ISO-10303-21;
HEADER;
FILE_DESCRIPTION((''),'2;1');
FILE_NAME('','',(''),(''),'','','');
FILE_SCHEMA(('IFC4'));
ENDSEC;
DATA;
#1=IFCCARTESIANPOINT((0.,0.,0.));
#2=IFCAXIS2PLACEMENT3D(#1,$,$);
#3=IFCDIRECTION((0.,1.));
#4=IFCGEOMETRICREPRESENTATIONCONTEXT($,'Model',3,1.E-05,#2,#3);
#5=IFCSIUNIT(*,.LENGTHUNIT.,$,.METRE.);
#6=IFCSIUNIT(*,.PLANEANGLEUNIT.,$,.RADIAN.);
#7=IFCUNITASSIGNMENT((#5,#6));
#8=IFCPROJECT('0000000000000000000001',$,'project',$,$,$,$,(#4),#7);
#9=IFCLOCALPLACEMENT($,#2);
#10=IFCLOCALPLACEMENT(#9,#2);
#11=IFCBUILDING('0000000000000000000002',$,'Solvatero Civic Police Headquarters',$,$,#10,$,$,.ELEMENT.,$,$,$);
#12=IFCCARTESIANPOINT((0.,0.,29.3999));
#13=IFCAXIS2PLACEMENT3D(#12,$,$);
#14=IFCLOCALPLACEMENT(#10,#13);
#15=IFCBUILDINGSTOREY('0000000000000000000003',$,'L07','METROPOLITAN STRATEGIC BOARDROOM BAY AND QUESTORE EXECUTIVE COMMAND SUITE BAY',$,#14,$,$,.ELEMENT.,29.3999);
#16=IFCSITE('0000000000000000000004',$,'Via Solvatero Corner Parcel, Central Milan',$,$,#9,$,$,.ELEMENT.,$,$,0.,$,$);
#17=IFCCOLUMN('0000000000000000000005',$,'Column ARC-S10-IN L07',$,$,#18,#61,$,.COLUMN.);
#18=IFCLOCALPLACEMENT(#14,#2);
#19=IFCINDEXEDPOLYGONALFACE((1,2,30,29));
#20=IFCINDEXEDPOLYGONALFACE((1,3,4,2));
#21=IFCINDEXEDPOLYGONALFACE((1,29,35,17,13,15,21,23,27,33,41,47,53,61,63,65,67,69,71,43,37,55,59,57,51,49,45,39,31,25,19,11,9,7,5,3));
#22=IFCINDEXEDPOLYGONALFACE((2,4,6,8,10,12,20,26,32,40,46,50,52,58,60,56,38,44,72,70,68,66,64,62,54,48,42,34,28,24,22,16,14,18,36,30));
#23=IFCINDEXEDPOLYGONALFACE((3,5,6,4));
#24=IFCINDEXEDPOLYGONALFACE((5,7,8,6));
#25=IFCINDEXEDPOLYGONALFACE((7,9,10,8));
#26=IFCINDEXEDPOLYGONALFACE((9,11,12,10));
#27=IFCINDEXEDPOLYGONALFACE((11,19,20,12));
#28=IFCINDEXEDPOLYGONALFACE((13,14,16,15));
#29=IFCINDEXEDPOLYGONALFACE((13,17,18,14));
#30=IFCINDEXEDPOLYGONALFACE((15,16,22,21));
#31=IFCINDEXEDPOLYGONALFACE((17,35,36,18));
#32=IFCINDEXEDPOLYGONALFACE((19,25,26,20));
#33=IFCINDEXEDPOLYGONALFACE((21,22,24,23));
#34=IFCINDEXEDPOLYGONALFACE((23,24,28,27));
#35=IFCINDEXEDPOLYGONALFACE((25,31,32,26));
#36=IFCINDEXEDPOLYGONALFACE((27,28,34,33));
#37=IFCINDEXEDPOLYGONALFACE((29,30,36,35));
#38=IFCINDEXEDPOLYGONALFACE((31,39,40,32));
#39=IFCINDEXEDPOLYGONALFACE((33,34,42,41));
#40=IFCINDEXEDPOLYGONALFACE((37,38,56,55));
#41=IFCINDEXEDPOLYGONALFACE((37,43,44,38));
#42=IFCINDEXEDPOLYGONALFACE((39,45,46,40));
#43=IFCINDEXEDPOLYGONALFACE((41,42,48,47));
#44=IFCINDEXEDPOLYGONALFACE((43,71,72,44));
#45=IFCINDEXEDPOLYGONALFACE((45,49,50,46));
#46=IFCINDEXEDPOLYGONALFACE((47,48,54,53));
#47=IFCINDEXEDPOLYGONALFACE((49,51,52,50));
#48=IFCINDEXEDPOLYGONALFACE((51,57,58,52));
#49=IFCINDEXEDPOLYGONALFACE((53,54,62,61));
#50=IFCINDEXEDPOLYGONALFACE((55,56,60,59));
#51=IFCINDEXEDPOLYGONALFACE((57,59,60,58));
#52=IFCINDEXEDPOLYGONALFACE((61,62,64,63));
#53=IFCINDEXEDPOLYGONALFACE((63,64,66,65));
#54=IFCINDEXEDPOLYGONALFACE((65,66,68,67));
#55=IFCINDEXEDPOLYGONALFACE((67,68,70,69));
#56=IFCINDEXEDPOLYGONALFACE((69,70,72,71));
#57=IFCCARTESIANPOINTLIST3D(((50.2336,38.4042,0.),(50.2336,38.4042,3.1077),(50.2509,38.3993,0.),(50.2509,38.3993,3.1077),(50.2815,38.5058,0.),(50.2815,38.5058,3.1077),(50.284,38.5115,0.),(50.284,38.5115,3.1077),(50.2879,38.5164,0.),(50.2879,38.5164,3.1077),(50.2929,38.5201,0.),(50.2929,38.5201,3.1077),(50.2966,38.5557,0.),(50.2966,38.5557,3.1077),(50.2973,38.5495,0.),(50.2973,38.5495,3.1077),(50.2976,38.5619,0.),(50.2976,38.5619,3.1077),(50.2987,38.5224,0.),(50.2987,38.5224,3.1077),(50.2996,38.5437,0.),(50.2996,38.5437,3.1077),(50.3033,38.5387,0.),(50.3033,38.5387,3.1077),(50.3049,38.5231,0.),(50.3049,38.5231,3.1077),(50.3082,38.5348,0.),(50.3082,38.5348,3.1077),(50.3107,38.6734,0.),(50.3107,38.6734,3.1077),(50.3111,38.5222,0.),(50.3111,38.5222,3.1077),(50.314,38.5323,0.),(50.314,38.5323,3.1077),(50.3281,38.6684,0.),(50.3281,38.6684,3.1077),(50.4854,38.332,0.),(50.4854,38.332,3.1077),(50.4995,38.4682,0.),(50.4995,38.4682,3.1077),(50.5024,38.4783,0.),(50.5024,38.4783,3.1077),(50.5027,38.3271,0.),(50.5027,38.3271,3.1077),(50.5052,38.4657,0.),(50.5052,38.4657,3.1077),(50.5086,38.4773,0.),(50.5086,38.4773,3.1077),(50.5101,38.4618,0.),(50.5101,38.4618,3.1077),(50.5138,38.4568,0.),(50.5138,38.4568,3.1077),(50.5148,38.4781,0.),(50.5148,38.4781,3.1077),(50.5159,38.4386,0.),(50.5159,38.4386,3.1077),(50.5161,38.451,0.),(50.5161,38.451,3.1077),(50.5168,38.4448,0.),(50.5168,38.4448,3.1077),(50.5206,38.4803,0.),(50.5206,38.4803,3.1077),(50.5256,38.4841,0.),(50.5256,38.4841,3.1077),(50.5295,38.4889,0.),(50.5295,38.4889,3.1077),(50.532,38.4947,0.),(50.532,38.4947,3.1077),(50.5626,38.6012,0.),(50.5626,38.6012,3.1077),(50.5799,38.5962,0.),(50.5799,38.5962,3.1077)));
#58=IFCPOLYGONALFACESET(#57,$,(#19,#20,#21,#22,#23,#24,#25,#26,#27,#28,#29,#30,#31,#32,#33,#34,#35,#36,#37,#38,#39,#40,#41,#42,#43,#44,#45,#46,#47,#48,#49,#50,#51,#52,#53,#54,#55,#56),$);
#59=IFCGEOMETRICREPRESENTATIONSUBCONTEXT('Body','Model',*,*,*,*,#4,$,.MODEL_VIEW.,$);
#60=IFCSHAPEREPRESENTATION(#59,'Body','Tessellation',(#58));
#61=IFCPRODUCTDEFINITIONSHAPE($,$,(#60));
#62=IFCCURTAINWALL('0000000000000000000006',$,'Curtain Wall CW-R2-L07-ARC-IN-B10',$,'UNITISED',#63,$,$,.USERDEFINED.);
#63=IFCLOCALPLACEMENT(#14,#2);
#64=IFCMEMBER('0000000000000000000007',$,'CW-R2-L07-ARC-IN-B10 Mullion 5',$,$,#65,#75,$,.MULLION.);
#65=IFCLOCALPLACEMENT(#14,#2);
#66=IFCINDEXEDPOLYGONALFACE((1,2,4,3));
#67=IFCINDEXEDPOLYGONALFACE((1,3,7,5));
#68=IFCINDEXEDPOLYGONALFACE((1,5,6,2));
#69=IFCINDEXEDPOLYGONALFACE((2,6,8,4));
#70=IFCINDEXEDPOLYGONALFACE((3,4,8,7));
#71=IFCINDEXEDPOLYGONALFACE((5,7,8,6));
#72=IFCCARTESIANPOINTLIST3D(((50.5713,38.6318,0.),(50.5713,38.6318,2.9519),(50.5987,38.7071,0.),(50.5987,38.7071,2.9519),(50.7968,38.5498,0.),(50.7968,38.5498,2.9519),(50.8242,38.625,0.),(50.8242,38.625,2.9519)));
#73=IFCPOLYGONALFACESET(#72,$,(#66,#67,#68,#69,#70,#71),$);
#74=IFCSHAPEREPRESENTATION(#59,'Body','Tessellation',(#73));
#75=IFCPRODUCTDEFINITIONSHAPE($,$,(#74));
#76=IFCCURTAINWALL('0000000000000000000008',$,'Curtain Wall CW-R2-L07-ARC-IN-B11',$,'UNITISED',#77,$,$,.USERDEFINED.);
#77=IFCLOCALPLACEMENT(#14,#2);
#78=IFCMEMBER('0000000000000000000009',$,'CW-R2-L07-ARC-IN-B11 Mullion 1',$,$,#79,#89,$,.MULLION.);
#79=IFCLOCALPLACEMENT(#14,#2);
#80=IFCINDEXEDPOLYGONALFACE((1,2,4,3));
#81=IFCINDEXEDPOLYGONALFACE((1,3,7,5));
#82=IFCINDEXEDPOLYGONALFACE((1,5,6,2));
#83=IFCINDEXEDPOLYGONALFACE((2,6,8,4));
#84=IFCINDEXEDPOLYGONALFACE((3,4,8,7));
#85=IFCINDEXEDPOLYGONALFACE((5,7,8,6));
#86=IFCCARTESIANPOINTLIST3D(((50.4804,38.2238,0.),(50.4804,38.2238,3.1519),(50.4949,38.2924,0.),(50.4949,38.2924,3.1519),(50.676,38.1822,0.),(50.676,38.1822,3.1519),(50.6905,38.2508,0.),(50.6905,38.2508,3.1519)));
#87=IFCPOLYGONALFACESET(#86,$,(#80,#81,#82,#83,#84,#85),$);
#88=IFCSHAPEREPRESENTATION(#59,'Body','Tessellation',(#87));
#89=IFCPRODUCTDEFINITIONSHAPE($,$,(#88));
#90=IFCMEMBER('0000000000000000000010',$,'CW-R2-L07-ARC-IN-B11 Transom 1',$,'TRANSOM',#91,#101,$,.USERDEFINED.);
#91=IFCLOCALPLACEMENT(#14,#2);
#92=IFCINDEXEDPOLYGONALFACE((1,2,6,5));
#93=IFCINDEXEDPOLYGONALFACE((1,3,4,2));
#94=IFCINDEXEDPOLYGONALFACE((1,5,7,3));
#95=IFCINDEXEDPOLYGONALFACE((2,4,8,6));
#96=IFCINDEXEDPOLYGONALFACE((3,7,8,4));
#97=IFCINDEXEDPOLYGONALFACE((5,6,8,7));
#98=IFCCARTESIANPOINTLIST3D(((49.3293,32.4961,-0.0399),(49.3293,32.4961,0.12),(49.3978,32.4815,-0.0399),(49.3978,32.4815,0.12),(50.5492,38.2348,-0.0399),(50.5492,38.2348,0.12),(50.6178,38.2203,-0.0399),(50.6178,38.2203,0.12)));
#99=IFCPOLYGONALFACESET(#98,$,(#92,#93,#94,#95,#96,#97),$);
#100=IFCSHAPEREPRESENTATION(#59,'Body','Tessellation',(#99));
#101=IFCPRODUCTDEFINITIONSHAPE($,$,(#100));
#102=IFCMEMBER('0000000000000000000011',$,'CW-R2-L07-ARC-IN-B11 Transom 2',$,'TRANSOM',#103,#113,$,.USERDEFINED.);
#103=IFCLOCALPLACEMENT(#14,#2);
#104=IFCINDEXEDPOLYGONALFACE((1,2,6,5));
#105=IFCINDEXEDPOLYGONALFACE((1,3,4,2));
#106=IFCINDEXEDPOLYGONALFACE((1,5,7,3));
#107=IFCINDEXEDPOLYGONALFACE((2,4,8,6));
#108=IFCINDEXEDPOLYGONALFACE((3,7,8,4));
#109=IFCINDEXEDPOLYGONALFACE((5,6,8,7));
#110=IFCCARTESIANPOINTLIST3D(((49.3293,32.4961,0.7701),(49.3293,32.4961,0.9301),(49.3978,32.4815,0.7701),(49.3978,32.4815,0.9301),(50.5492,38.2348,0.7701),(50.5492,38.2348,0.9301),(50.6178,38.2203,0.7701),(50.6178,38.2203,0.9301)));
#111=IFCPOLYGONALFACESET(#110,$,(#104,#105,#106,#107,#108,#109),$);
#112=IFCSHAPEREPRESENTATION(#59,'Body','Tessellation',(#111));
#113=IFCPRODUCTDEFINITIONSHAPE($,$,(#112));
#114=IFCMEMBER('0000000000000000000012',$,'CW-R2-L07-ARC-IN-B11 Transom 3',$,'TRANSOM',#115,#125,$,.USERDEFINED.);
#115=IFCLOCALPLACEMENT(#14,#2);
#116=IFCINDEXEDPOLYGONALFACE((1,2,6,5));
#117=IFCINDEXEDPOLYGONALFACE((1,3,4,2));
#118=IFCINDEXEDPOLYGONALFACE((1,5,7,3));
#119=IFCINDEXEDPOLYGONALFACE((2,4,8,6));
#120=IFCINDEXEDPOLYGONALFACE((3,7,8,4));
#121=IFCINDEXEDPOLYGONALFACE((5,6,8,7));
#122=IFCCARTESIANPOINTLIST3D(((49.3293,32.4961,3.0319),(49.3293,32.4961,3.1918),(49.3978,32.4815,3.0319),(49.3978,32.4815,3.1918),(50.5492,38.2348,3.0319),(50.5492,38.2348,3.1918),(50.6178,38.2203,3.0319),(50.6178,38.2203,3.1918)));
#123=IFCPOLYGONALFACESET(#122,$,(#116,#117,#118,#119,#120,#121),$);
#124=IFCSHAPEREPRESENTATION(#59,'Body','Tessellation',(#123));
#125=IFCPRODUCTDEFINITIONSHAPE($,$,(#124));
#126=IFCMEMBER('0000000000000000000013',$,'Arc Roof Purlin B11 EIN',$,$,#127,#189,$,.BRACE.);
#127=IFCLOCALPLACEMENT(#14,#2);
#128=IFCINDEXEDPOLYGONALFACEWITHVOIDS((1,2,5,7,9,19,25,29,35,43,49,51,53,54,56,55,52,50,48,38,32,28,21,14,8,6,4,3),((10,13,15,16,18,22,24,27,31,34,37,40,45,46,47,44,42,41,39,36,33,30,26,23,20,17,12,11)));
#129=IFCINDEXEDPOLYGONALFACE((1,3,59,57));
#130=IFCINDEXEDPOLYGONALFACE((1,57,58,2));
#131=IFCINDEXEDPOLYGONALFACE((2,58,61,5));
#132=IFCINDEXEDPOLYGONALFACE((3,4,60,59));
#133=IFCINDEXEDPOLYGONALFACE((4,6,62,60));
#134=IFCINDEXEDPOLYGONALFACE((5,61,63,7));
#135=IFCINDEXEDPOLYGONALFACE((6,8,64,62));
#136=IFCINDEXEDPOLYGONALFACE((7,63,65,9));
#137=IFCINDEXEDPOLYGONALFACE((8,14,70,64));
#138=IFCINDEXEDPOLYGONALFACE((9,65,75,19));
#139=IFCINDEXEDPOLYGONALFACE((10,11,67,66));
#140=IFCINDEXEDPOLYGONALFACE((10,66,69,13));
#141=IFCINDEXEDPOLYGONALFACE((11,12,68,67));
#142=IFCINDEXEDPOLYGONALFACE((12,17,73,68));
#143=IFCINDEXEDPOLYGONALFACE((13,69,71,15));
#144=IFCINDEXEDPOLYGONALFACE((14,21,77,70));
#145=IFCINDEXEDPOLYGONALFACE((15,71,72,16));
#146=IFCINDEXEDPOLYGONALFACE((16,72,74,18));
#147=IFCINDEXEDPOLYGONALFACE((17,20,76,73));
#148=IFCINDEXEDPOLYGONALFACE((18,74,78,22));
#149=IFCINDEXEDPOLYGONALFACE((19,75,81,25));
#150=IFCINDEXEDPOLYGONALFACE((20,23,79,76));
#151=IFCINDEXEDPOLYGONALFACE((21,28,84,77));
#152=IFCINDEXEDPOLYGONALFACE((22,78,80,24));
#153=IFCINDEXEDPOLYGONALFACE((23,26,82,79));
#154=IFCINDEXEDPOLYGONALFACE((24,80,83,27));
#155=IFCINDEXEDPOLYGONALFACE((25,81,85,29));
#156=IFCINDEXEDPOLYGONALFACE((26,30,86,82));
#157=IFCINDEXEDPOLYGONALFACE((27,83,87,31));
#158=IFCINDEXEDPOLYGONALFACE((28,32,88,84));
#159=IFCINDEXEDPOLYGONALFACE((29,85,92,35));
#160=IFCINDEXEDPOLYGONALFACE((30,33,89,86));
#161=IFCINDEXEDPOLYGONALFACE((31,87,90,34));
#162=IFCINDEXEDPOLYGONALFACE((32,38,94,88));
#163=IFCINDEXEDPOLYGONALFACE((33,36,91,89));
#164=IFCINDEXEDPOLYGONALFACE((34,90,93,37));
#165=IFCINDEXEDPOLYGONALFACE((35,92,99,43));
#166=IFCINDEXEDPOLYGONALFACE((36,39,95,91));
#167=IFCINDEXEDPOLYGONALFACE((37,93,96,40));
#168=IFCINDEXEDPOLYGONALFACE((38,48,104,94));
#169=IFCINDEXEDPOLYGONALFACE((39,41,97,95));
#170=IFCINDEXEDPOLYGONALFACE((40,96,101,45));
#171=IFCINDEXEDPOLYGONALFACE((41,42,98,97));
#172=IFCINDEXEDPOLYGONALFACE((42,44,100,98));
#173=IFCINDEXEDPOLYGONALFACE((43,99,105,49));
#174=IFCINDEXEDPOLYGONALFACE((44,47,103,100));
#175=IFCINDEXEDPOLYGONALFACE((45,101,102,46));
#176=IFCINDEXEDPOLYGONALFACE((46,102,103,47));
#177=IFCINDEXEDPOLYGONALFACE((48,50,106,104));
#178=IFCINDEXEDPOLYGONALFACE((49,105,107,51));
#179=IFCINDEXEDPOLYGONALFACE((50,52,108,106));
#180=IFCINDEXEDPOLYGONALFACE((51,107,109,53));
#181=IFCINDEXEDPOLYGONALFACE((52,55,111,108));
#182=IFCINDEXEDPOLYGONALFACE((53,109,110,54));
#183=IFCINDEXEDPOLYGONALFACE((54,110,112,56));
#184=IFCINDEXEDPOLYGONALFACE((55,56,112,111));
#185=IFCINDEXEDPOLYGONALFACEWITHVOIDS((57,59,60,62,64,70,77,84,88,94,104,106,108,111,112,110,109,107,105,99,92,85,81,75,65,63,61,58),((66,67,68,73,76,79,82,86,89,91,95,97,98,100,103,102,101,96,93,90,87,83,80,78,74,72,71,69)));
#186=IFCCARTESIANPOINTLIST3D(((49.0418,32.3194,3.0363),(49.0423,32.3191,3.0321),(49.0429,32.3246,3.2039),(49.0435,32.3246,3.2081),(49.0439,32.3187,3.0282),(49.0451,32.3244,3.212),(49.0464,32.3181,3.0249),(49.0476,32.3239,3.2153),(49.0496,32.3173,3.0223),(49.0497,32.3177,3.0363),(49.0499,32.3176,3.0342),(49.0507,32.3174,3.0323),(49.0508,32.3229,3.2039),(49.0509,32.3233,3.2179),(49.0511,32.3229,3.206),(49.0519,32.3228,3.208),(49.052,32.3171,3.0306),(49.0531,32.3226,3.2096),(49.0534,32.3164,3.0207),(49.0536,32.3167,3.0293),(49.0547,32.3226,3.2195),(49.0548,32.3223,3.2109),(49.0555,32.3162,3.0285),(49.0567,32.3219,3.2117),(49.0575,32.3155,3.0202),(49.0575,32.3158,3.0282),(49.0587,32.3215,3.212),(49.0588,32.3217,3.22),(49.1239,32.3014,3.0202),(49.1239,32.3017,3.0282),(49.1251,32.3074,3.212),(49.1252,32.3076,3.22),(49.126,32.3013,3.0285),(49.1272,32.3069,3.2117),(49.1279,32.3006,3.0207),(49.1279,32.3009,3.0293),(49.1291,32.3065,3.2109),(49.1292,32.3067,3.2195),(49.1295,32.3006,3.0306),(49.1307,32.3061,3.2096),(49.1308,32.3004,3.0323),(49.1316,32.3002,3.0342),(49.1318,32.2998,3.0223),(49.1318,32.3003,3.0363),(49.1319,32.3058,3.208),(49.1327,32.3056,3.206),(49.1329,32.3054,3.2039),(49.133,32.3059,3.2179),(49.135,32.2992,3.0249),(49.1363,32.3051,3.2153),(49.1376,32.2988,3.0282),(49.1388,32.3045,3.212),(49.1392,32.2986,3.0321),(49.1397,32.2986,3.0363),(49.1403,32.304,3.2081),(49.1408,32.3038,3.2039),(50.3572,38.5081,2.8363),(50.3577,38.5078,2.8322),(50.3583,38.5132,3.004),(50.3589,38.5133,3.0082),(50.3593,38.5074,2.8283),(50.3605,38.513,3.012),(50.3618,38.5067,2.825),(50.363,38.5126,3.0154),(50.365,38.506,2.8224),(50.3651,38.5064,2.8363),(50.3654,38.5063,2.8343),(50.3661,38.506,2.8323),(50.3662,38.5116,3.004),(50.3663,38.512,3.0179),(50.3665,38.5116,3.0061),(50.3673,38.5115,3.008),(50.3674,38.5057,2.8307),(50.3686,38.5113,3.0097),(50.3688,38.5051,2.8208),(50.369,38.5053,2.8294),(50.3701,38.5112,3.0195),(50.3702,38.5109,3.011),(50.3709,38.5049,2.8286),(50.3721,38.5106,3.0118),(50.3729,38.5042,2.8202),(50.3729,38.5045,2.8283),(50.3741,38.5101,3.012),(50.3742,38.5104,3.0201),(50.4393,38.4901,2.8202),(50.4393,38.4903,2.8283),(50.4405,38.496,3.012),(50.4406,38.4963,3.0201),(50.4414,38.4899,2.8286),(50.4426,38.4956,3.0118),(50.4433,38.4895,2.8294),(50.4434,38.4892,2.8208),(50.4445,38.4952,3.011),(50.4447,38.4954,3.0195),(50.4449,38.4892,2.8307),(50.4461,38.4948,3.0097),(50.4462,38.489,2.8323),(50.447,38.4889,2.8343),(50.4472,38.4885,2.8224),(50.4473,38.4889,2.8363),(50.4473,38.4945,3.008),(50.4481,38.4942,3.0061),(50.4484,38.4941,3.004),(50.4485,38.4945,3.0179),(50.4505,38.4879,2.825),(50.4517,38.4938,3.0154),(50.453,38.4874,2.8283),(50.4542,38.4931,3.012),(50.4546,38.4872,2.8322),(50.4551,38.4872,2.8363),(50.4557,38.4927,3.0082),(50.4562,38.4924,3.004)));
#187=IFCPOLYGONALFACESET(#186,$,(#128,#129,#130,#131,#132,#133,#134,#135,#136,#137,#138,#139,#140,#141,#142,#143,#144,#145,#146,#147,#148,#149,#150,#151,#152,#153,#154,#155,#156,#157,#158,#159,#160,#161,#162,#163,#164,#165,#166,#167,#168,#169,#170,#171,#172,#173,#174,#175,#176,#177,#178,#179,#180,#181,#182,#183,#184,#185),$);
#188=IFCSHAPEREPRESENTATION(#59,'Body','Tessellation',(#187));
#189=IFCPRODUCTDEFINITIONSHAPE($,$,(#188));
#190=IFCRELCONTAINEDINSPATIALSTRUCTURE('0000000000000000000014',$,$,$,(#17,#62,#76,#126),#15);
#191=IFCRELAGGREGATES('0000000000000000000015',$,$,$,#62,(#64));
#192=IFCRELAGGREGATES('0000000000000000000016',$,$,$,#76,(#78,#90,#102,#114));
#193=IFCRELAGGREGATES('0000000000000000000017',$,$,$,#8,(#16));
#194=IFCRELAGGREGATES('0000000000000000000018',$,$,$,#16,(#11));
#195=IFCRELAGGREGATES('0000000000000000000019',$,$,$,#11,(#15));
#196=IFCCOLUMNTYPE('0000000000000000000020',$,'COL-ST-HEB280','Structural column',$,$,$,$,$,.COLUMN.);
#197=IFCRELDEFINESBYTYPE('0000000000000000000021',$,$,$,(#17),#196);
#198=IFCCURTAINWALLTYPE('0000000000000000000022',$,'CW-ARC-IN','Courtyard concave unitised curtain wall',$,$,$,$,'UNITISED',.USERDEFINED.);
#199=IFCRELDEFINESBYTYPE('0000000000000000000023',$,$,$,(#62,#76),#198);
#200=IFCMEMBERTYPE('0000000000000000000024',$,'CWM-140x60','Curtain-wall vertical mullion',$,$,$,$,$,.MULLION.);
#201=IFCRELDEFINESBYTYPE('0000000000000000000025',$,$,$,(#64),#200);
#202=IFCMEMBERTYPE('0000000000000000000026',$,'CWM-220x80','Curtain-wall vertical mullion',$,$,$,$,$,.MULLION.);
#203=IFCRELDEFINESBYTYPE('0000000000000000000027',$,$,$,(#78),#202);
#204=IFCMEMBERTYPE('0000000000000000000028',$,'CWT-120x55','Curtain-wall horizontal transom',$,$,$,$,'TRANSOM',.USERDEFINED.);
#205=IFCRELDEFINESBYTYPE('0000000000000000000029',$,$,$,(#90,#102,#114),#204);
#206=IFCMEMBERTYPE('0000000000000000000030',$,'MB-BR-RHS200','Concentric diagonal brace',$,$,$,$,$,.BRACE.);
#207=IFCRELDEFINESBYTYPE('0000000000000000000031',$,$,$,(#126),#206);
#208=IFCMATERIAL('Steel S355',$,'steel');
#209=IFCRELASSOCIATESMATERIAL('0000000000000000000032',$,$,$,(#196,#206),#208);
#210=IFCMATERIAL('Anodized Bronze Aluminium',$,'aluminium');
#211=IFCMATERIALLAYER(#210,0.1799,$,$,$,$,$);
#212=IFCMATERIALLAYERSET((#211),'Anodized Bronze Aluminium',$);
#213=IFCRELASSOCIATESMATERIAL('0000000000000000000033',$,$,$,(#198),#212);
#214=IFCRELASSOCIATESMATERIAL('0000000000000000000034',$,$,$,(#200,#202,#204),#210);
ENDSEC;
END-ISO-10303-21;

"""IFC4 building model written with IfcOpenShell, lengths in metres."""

from ifc_helpers import new_model, si_unit, direction, frame, origin, origin_2d, place, context, subcontext, project, spatial, rectangle, hollow_rectangle, i_section, extrude, material, layer, layer_set, material_profile, profile_set, type_object, element, aggregate, save


model = new_model("IFC4")

# Units and contexts
model_context = context("Model", 3, precision=1e-05, world=origin(), true_north=direction((0.0, 1.0)))
body_context = subcontext(model_context, "Body", "Model", "MODEL_VIEW")
ifc_project = project(units=[si_unit("LENGTHUNIT", "METRE"), si_unit("PLANEANGLEUNIT", "RADIAN")], contexts=[model_context])

# Site, building, storey
site_placement = place(None, origin())
site = spatial("IfcSite", under=ifc_project, at=site_placement, Name="Via Solvatero Corner Parcel, Central Milan", CompositionType="ELEMENT", RefElevation=0.0)
building_placement = place(site_placement, origin())
building = spatial("IfcBuilding", under=site, at=building_placement, Name="Solvatero Civic Police Headquarters", CompositionType="ELEMENT")
storey_placement = place(building_placement, frame((0.0, 0.0, 29.3999)))
storey = spatial("IfcBuildingStorey", under=building, at=storey_placement, Name="L07", Description="METROPOLITAN STRATEGIC BOARDROOM BAY AND QUESTORE EXECUTIVE COMMAND SUITE BAY", CompositionType="ELEMENT", Elevation=29.3999)

# Column
ifc_material_1 = material(Name="Steel S355", Category="steel")
ifc_material_profile_1 = material_profile(ifc_material_1, i_section(OverallWidth=0.28, OverallDepth=0.28, WebThickness=0.0105, FlangeThickness=0.0181, FilletRadius=0.0239, at=origin_2d()), Name="HEB 280")
ifc_profile_set_1 = profile_set([ifc_material_profile_1], Name="Steel S355")
column_type = type_object("IfcColumnType", Name="COL-ST-HEB280", Description="Structural column", PredefinedType="COLUMN", material=ifc_profile_set_1)
column_placement = place(storey_placement, frame((50.4067, 38.5002, 0.0), z_axis=(0.0, 0.0, 1.0), x_axis=(0.275637, 0.961262, 0.0)))
element("IfcColumn", 1, at=column_placement, inside=storey, type_object=column_type, Name="Column ARC-S10-IN L07", PredefinedType="COLUMN", context=body_context, shape_type="SweptSolid", body=[
    extrude(i_section(OverallWidth=0.28, OverallDepth=0.28, WebThickness=0.0105, FlangeThickness=0.0181, FilletRadius=0.0239, at=origin_2d()), origin(), (0.0, 0.0, 1.0), 3.1077),
])

# Curtain wall, member
ifc_material_2 = material(Name="Anodized Bronze Aluminium", Category="aluminium")
ifc_layer_1 = layer(ifc_material_2, 0.1799)
ifc_layer_set_1 = layer_set([ifc_layer_1], Name="Anodized Bronze Aluminium")
curtain_wall_type = type_object("IfcCurtainWallType", Name="CW-ARC-IN", Description="Courtyard concave unitised curtain wall", ElementType="UNITISED", PredefinedType="USERDEFINED", material=ifc_layer_set_1)
curtain_wall_1_placement = place(storey_placement, origin())
curtain_wall_1 = element("IfcCurtainWall", 2, at=curtain_wall_1_placement, inside=storey, type_object=curtain_wall_type, Name="Curtain Wall CW-R2-L07-ARC-IN-B10", ObjectType="UNITISED", PredefinedType="USERDEFINED")
ifc_material_profile_2 = material_profile(ifc_material_2, rectangle(XDim=0.0801, YDim=0.24, at=origin_2d()), Name="ALU MULLION 80x240")
ifc_profile_set_2 = profile_set([ifc_material_profile_2], Name="Anodized Bronze Aluminium")
member_type_1 = type_object("IfcMemberType", Name="CWM-140x60", Description="Curtain-wall vertical mullion", PredefinedType="MULLION", material=ifc_profile_set_2)
member_1_placement = place(storey_placement, frame((50.6978, 38.6284, 0.0), z_axis=(0.0, 0.0, 1.0), x_axis=(-0.342004, -0.939699, 0.0)))
member_1 = element("IfcMember", 3, at=member_1_placement, type_object=member_type_1, Name="CW-R2-L07-ARC-IN-B10 Mullion 5", PredefinedType="MULLION", context=body_context, shape_type="SweptSolid", body=[
    extrude(rectangle(XDim=0.0801, YDim=0.24, at=origin_2d()), origin(), (0.0, 0.0, 1.0), 2.9519),
])
aggregate(curtain_wall_1, [member_1])

# Curtain wall, members
curtain_wall_2_placement = place(storey_placement, origin())
curtain_wall_2 = element("IfcCurtainWall", 4, at=curtain_wall_2_placement, inside=storey, type_object=curtain_wall_type, Name="Curtain Wall CW-R2-L07-ARC-IN-B11", ObjectType="UNITISED", PredefinedType="USERDEFINED")
ifc_material_profile_3 = material_profile(ifc_material_2, rectangle(XDim=0.0701, YDim=0.2, at=origin_2d()), Name="ALU MULLION 70x200")
ifc_profile_set_3 = profile_set([ifc_material_profile_3], Name="Anodized Bronze Aluminium")
member_type_2 = type_object("IfcMemberType", Name="CWM-220x80", Description="Curtain-wall vertical mullion", PredefinedType="MULLION", material=ifc_profile_set_3)
member_2_placement = place(storey_placement, frame((50.5854, 38.2373, 0.0), z_axis=(0.0, 0.0, 1.0), x_axis=(-0.207912, -0.978148, 0.0)))
member_2 = element("IfcMember", 5, at=member_2_placement, type_object=member_type_2, Name="CW-R2-L07-ARC-IN-B11 Mullion 1", PredefinedType="MULLION", context=body_context, shape_type="SweptSolid", body=[
    extrude(rectangle(XDim=0.0701, YDim=0.2, at=origin_2d()), origin(), (0.0, 0.0, 1.0), 3.1519),
])
ifc_material_profile_4 = material_profile(ifc_material_2, rectangle(XDim=0.0701, YDim=0.1599, at=origin_2d()), Name="ALU TRANSOM 70x160")
ifc_profile_set_4 = profile_set([ifc_material_profile_4], Name="Anodized Bronze Aluminium")
member_type_3 = type_object("IfcMemberType", Name="CWT-120x55", Description="Curtain-wall horizontal transom", ElementType="TRANSOM", PredefinedType="USERDEFINED", material=ifc_profile_set_4)
member_3_placement = place(storey_placement, frame((50.5835, 38.2275, 0.04), z_axis=(-0.207937, -0.978142, 0.0), x_axis=(0.978142, -0.207937, 0.0)))
member_3 = element("IfcMember", 6, at=member_3_placement, type_object=member_type_3, Name="CW-R2-L07-ARC-IN-B11 Transom 1", ObjectType="TRANSOM", PredefinedType="USERDEFINED", context=body_context, shape_type="SweptSolid", body=[
    extrude(rectangle(XDim=0.0701, YDim=0.1599, at=origin_2d()), origin(), (0.0, 0.0, 1.0), 5.8669),
])
member_4_placement = place(storey_placement, frame((50.5835, 38.2275, 0.8501), z_axis=(-0.207937, -0.978142, 0.0), x_axis=(0.978142, -0.207937, 0.0)))
member_4 = element("IfcMember", 7, at=member_4_placement, type_object=member_type_3, Name="CW-R2-L07-ARC-IN-B11 Transom 2", ObjectType="TRANSOM", PredefinedType="USERDEFINED", context=body_context, shape_type="SweptSolid", body=[
    extrude(rectangle(XDim=0.0701, YDim=0.1599, at=origin_2d()), origin(), (0.0, 0.0, 1.0), 5.8669),
])
member_5_placement = place(storey_placement, frame((50.5835, 38.2275, 3.1118), z_axis=(-0.207937, -0.978142, 0.0), x_axis=(0.978142, -0.207937, 0.0)))
member_5 = element("IfcMember", 8, at=member_5_placement, type_object=member_type_3, Name="CW-R2-L07-ARC-IN-B11 Transom 3", ObjectType="TRANSOM", PredefinedType="USERDEFINED", context=body_context, shape_type="SweptSolid", body=[
    extrude(rectangle(XDim=0.0701, YDim=0.1599, at=origin_2d()), origin(), (0.0, 0.0, 1.0), 5.8669),
])

# Member
ifc_material_profile_5 = material_profile(ifc_material_1, hollow_rectangle(XDim=0.1001, YDim=0.2, WallThickness=0.0081, InnerFilletRadius=0.0081, OuterFilletRadius=0.0161, at=origin_2d()), Name="RHS 200x100x8.0")
ifc_profile_set_5 = profile_set([ifc_material_profile_5], Name="Steel S355")
member_type_4 = type_object("IfcMemberType", Name="MB-BR-RHS200", Description="Concentric diagonal brace", PredefinedType="BRACE", material=ifc_profile_set_5)
member_6_placement = place(storey_placement, frame((50.4067, 38.5002, 2.9202), z_axis=(-0.207804, -0.97766, 0.031587), x_axis=(0.978148, -0.207908, 0.0)))
element("IfcMember", 9, at=member_6_placement, inside=storey, type_object=member_type_4, Name="Arc Roof Purlin B11 EIN", PredefinedType="BRACE", context=body_context, shape_type="SweptSolid", body=[
    extrude(hollow_rectangle(XDim=0.1001, YDim=0.2, WallThickness=0.0081, InnerFilletRadius=0.0081, OuterFilletRadius=0.0161, at=origin_2d()), origin(), (0.0, 0.0, 1.0), 6.3301),
])

aggregate(curtain_wall_2, [member_2, member_3, member_4, member_5])

save(model, "model.ifc")
